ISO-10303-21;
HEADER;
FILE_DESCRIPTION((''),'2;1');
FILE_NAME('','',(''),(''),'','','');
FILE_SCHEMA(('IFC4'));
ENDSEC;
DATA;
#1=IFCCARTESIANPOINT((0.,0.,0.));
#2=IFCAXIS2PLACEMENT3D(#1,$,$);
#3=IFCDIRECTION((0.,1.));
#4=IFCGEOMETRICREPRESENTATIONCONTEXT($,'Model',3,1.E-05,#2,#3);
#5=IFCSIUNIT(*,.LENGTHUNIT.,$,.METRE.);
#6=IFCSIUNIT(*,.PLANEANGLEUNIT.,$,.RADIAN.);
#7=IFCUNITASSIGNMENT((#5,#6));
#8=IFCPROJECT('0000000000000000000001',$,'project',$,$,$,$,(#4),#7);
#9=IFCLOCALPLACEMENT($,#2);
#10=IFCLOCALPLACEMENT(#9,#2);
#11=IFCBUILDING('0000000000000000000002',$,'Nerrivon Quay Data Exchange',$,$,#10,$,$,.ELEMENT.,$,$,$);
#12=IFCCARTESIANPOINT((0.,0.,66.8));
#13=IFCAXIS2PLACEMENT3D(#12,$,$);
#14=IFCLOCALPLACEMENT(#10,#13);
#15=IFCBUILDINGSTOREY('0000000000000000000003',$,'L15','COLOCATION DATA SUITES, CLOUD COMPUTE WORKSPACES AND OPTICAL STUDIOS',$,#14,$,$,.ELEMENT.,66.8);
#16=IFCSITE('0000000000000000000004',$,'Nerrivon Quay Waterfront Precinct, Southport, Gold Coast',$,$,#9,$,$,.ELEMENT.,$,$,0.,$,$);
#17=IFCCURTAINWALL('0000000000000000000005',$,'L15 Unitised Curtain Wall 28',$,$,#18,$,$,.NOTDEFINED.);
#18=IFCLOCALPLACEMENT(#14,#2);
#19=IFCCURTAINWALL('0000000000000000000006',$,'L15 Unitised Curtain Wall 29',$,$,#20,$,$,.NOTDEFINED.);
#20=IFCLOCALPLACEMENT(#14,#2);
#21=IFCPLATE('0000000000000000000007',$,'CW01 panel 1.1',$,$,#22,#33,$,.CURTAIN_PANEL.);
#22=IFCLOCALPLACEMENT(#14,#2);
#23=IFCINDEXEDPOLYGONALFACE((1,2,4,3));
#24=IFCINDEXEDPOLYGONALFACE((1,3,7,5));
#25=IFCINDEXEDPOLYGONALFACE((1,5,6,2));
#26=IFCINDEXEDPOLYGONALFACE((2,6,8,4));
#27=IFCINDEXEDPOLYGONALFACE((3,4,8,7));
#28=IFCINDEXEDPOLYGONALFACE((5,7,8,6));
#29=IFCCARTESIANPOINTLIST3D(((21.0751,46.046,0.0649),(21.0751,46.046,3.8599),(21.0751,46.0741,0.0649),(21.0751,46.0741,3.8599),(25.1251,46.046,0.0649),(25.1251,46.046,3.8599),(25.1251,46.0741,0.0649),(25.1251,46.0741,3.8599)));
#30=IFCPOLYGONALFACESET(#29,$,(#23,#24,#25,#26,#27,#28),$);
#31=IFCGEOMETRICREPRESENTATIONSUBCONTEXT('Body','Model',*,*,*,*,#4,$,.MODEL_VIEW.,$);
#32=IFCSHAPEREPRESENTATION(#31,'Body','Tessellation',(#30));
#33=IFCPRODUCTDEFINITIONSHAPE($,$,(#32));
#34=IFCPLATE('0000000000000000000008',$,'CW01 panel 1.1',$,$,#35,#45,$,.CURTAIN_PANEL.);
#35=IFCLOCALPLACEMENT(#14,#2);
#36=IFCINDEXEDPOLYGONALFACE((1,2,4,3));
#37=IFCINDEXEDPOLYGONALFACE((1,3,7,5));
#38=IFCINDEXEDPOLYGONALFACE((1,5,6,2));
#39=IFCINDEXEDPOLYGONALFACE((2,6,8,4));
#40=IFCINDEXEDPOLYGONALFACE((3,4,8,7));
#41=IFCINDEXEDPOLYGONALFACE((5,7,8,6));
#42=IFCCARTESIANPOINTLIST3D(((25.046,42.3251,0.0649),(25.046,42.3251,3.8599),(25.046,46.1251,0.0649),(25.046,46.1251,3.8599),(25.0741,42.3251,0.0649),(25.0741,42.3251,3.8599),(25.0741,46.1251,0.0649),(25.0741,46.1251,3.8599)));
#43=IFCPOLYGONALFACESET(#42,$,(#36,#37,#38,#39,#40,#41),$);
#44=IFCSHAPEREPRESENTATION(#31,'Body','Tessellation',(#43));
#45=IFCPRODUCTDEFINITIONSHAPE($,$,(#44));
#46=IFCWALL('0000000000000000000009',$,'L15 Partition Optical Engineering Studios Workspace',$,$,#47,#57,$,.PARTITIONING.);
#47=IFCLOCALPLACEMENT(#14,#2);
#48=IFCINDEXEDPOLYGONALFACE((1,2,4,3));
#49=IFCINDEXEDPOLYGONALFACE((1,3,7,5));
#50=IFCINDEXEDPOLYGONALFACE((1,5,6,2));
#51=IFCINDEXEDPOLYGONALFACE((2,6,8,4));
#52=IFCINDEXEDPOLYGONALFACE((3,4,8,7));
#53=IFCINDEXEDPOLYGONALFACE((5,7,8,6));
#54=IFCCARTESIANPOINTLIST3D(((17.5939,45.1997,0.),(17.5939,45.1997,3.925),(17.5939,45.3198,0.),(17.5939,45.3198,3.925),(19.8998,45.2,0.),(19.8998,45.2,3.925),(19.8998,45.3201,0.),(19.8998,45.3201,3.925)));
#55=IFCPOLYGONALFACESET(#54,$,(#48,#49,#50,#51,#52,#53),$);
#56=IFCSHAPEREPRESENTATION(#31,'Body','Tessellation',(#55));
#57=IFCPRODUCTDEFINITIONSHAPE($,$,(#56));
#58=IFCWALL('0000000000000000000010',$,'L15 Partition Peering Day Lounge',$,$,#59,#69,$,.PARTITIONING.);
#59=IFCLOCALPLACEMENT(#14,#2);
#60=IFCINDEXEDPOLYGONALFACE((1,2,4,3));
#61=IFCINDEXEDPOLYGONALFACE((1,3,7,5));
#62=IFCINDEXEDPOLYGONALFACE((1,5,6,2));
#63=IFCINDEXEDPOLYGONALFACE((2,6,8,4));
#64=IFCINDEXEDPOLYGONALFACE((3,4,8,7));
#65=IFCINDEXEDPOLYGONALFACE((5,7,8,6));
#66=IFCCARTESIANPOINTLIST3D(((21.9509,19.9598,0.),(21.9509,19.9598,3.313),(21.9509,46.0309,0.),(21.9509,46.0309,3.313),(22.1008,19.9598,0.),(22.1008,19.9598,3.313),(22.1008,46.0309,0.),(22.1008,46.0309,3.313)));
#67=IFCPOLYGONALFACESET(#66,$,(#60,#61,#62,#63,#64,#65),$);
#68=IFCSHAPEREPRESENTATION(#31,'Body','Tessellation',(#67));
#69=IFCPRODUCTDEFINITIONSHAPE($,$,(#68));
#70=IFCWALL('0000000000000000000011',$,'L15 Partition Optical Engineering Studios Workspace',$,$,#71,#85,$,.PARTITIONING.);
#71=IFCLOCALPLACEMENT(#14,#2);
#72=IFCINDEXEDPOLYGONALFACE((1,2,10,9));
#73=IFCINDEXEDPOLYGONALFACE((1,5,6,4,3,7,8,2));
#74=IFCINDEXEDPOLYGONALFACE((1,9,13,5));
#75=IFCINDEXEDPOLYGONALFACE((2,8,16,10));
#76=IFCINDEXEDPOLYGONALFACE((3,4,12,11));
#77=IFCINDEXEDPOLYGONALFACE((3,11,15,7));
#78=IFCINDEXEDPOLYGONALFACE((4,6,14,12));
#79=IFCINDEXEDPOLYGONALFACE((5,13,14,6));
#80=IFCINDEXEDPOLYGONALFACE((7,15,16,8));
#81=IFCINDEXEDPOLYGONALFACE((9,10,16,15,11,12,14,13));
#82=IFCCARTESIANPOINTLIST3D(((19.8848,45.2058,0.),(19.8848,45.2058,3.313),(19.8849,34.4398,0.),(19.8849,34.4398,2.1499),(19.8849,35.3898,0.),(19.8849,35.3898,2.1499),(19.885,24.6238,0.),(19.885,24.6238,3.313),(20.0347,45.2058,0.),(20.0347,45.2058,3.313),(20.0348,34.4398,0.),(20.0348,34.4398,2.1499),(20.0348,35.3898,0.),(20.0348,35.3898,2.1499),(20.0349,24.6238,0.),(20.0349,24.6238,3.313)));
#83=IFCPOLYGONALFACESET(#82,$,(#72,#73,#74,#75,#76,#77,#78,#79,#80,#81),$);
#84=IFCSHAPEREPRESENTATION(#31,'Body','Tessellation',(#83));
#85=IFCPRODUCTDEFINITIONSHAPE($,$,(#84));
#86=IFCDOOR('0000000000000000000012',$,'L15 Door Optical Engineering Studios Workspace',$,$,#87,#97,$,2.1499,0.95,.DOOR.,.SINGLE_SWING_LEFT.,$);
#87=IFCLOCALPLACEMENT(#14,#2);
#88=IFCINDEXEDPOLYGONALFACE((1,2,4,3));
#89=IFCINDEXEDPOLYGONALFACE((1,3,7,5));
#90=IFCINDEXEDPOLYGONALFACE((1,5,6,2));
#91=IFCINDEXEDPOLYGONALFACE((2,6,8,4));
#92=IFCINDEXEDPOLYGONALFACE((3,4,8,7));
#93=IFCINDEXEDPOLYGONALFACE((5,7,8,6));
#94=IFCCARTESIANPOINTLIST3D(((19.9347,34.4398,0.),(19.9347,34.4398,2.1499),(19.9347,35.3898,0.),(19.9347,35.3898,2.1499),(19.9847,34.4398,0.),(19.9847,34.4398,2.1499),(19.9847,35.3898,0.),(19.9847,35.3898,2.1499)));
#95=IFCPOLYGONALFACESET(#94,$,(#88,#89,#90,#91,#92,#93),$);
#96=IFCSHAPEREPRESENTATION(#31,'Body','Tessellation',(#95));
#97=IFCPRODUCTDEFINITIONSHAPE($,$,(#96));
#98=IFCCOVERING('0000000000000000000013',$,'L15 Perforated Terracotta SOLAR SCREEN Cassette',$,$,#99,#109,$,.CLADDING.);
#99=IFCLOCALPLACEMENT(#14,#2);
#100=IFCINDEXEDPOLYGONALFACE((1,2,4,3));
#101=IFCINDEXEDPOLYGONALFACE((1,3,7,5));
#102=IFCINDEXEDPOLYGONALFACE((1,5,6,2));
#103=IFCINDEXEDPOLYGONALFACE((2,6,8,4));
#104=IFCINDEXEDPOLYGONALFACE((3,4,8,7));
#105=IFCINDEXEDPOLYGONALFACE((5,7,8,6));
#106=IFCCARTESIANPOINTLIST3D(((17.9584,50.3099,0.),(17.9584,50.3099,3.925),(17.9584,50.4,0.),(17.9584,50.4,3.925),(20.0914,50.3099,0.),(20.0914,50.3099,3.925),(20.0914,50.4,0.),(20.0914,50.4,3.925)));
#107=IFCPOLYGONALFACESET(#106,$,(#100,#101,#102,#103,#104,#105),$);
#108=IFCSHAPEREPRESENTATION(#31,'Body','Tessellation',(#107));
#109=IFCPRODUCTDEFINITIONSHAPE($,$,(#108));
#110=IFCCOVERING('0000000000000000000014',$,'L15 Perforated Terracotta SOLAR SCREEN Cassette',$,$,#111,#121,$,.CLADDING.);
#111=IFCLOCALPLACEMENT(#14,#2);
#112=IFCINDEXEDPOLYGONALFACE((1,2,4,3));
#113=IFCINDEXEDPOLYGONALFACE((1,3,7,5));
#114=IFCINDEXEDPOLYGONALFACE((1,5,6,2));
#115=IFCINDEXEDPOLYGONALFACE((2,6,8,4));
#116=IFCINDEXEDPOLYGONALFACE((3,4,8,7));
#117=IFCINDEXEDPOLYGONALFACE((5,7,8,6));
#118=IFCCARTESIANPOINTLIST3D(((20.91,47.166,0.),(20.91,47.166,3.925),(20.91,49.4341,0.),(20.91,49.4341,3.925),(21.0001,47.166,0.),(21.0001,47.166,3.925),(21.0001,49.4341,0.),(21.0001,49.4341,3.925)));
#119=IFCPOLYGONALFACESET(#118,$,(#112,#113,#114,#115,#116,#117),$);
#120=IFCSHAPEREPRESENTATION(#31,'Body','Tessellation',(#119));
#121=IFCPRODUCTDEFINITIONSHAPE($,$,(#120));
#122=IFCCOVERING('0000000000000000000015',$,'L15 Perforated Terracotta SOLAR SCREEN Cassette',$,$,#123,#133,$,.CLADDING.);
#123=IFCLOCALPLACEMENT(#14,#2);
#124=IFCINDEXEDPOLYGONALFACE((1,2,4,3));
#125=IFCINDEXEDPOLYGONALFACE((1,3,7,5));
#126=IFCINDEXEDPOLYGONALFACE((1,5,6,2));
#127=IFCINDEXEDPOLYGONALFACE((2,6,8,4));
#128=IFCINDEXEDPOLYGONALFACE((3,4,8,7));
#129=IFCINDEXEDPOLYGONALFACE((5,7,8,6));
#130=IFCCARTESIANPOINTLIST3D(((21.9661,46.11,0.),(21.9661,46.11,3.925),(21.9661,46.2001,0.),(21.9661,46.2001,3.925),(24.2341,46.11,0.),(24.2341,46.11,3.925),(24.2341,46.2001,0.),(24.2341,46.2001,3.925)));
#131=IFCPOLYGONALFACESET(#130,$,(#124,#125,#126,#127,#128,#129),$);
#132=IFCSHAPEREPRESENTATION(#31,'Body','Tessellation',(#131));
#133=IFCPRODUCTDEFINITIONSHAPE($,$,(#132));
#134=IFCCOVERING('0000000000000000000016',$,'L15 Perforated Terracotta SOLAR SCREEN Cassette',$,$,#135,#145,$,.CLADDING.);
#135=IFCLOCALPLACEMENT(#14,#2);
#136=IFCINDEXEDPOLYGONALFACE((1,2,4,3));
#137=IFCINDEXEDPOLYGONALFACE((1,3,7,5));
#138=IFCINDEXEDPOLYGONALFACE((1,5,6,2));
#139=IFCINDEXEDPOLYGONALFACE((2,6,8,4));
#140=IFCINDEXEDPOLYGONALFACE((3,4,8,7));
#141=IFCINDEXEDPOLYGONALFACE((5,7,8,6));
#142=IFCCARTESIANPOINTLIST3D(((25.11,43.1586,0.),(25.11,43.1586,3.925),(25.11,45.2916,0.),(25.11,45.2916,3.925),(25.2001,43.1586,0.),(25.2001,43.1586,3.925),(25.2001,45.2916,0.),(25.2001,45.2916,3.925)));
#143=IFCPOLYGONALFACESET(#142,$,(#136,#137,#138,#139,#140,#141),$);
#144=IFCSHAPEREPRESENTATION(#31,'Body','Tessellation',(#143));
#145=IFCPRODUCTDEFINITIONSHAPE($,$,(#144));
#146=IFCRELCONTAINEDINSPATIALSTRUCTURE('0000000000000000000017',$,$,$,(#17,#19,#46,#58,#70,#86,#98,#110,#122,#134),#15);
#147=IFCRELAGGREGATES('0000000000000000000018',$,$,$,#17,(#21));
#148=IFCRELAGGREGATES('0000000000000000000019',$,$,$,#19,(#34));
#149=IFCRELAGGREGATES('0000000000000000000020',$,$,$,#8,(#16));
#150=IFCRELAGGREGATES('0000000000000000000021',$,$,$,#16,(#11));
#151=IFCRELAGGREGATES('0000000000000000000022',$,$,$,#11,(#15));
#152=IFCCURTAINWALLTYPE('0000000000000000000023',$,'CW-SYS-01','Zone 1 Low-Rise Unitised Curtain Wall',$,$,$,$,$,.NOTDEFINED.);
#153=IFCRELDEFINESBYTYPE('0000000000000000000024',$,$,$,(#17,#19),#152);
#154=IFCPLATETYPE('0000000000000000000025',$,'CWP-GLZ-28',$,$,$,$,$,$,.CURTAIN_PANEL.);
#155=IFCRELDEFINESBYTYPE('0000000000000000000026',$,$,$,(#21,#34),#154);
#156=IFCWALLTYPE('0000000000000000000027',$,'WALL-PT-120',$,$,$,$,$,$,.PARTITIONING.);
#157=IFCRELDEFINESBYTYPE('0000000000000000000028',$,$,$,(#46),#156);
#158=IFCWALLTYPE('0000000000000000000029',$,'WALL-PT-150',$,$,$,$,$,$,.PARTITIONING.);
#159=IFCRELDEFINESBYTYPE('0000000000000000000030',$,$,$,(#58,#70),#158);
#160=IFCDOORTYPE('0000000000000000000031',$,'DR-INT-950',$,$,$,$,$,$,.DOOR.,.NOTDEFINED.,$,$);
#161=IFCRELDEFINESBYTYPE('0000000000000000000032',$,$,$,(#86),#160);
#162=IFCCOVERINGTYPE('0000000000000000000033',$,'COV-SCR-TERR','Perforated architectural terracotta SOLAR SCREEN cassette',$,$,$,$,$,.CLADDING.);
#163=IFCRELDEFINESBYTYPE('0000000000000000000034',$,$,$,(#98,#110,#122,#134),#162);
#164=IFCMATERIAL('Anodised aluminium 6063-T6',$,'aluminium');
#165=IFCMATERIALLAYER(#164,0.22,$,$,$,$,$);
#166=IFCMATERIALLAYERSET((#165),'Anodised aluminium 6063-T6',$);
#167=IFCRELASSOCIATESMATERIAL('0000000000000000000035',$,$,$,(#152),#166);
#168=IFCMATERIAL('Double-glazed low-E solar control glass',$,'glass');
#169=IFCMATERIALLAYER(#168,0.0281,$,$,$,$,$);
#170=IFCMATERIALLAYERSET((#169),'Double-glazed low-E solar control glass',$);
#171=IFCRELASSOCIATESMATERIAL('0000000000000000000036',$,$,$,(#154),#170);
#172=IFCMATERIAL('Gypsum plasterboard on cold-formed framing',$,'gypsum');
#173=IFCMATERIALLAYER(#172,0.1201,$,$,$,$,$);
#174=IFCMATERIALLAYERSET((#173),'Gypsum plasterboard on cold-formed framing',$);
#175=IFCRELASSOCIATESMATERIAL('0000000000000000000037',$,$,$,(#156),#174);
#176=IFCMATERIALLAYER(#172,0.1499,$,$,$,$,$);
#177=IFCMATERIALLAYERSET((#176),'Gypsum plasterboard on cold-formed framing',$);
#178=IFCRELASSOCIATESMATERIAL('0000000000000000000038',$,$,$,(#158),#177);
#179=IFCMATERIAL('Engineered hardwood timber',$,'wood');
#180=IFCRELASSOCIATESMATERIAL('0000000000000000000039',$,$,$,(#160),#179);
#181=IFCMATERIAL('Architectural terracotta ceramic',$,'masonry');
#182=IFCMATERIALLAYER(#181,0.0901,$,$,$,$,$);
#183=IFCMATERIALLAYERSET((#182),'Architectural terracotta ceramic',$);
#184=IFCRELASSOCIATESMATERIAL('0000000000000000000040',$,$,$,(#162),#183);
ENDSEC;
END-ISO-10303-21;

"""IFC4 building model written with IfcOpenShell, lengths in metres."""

from ifc_helpers import new_model, si_unit, direction, frame, frame_2d, origin, origin_2d, place, context, subcontext, project, spatial, rectangle, extrude, material, layer, layer_set, type_object, element, fill, aggregate, save


model = new_model("IFC4")

# Units and contexts
model_context = context("Model", 3, precision=1e-05, world=origin(), true_north=direction((0.0, 1.0)))
body_context = subcontext(model_context, "Body", "Model", "MODEL_VIEW")
ifc_project = project(units=[si_unit("LENGTHUNIT", "METRE"), si_unit("PLANEANGLEUNIT", "RADIAN")], contexts=[model_context])

# Site, building, storey
site_placement = place(None, origin())
site = spatial("IfcSite", under=ifc_project, at=site_placement, Name="Nerrivon Quay Waterfront Precinct, Southport, Gold Coast", CompositionType="ELEMENT", RefElevation=0.0)
building_placement = place(site_placement, origin())
building = spatial("IfcBuilding", under=site, at=building_placement, Name="Nerrivon Quay Data Exchange", CompositionType="ELEMENT")
storey_placement = place(building_placement, frame((0.0, 0.0, 66.8)))
storey = spatial("IfcBuildingStorey", under=building, at=storey_placement, Name="L15", Description="COLOCATION DATA SUITES, CLOUD COMPUTE WORKSPACES AND OPTICAL STUDIOS", CompositionType="ELEMENT", Elevation=66.8)

# Shared definitions
ifc_material_1 = material(Name="Anodised aluminium 6063-T6", Category="aluminium")
ifc_layer_1 = layer(ifc_material_1, 0.22)
ifc_layer_set_1 = layer_set([ifc_layer_1], Name="Anodised aluminium 6063-T6")
curtain_wall_type = type_object("IfcCurtainWallType", Name="CW-SYS-01", Description="Zone 1 Low-Rise Unitised Curtain Wall", PredefinedType="NOTDEFINED", material=ifc_layer_set_1)

# Curtain walls
curtain_wall_1_placement = place(storey_placement, origin())
curtain_wall_1 = element("IfcCurtainWall", 1, at=curtain_wall_1_placement, inside=storey, type_object=curtain_wall_type, Name="L15 Unitised Curtain Wall 28", PredefinedType="NOTDEFINED")
curtain_wall_2_placement = place(storey_placement, origin())
curtain_wall_2 = element("IfcCurtainWall", 2, at=curtain_wall_2_placement, inside=storey, type_object=curtain_wall_type, Name="L15 Unitised Curtain Wall 29", PredefinedType="NOTDEFINED")

# Plates
ifc_material_2 = material(Name="Double-glazed low-E solar control glass", Category="glass")
ifc_layer_2 = layer(ifc_material_2, 0.0281)
ifc_layer_set_2 = layer_set([ifc_layer_2], Name="Double-glazed low-E solar control glass")
plate_type = type_object("IfcPlateType", Name="CWP-GLZ-28", PredefinedType="CURTAIN_PANEL", material=ifc_layer_set_2)
plate_1_placement = place(storey_placement, frame((23.1001, 46.0601, 0.0649), z_axis=(0.0, 0.0, 1.0), x_axis=(1.0, 0.0, 0.0)))
plate_1 = element("IfcPlate", 3, at=plate_1_placement, type_object=plate_type, Name="CW01 panel 1.1", PredefinedType="CURTAIN_PANEL", context=body_context, shape_type="SweptSolid", body=[
    extrude(rectangle(XDim=4.05, YDim=0.0281, at=origin_2d()), origin(), (0.0, 0.0, 1.0), 3.7949),
])
aggregate(curtain_wall_1, [plate_1])
plate_2_placement = place(storey_placement, frame((25.0601, 44.2251, 0.0649), z_axis=(0.0, 0.0, 1.0), x_axis=(0.0, -1.0, 0.0)))
plate_2 = element("IfcPlate", 4, at=plate_2_placement, type_object=plate_type, Name="CW01 panel 1.1", PredefinedType="CURTAIN_PANEL", context=body_context, shape_type="SweptSolid", body=[
    extrude(rectangle(XDim=3.8, YDim=0.0281, at=origin_2d()), origin(), (0.0, 0.0, 1.0), 3.7949),
])
aggregate(curtain_wall_2, [plate_2])

# Walls
ifc_material_3 = material(Name="Gypsum plasterboard on cold-formed framing", Category="gypsum")
ifc_layer_3 = layer(ifc_material_3, 0.1201)
ifc_layer_set_3 = layer_set([ifc_layer_3], Name="Gypsum plasterboard on cold-formed framing")
wall_type_1 = type_object("IfcWallType", Name="WALL-PT-120", PredefinedType="PARTITIONING", material=ifc_layer_set_3)
wall_1_placement = place(storey_placement, frame((17.594, 45.2598, 0.0), z_axis=(0.0, 0.0, 1.0), x_axis=(1.0, 0.000106, 0.0)))
element("IfcWall", 5, at=wall_1_placement, inside=storey, type_object=wall_type_1, Name="L15 Partition Optical Engineering Studios Workspace", PredefinedType="PARTITIONING", context=body_context, shape_type="SweptSolid", body=[
    extrude(rectangle(XDim=2.3059, YDim=0.1201, at=frame_2d((1.1528, 0.0))), origin(), (0.0, 0.0, 1.0), 3.925),
])
ifc_layer_4 = layer(ifc_material_3, 0.1499)
ifc_layer_set_4 = layer_set([ifc_layer_4], Name="Gypsum plasterboard on cold-formed framing")
wall_type_2 = type_object("IfcWallType", Name="WALL-PT-150", PredefinedType="PARTITIONING", material=ifc_layer_set_4)
wall_2_placement = place(storey_placement, frame((22.0259, 46.031, 0.0), z_axis=(0.0, 0.0, 1.0), x_axis=(0.0, -1.0, 0.0)))
element("IfcWall", 6, at=wall_2_placement, inside=storey, type_object=wall_type_2, Name="L15 Partition Peering Day Lounge", PredefinedType="PARTITIONING", context=body_context, shape_type="SweptSolid", body=[
    extrude(rectangle(XDim=26.071, YDim=0.1499, at=frame_2d((13.0356, 0.0))), origin(), (0.0, 0.0, 1.0), 3.313),
])

# Wall, opening, door
wall_3_placement = place(storey_placement, frame((19.9597, 45.2058, 0.0), z_axis=(0.0, 0.0, 1.0), x_axis=(0.000012, -1.0, 0.0)))
wall_3 = element("IfcWall", 7, at=wall_3_placement, inside=storey, type_object=wall_type_2, Name="L15 Partition Optical Engineering Studios Workspace", PredefinedType="PARTITIONING", context=body_context, shape_type="SweptSolid", body=[
    extrude(rectangle(XDim=20.582, YDim=0.1499, at=frame_2d((10.291, 0.0))), origin(), (0.0, 0.0, 1.0), 3.313),
])
opening_placement = place(wall_3_placement, frame((9.8159, 0.0, 0.0)))
opening = element("IfcOpeningElement", 8, at=opening_placement, cuts=wall_3, PredefinedType="OPENING", context=body_context, shape_type="SweptSolid", body=[
    extrude(rectangle(XDim=0.95, YDim=2.1499, at=frame_2d((0.4751, 1.075))), frame((0.0, 0.085, 0.0), z_axis=(0.0, -1.0, 0.0), x_axis=(1.0, 0.0, 0.0)), (0.0, 0.0, 1.0), 0.1699),
])
ifc_material_4 = material(Name="Engineered hardwood timber", Category="wood")
door_type = type_object("IfcDoorType", Name="DR-INT-950", OperationType="NOTDEFINED", PredefinedType="DOOR", material=ifc_material_4)
door_placement = place(opening_placement, origin())
door = element("IfcDoor", 9, at=door_placement, inside=storey, type_object=door_type, Name="L15 Door Optical Engineering Studios Workspace", OperationType="SINGLE_SWING_LEFT", OverallHeight=2.1499, OverallWidth=0.95, PredefinedType="DOOR", context=body_context, shape_type="SweptSolid", body=[
    extrude(rectangle(XDim=0.95, YDim=2.1499, at=frame_2d((0.4751, 1.075))), frame((0.0, 0.0249, 0.0), z_axis=(0.0, -1.0, 0.0), x_axis=(1.0, 0.0, 0.0)), (0.0, 0.0, 1.0), 0.05),
])
fill(opening, door)

# Coverings
ifc_material_5 = material(Name="Architectural terracotta ceramic", Category="masonry")
ifc_layer_5 = layer(ifc_material_5, 0.0901)
ifc_layer_set_5 = layer_set([ifc_layer_5], Name="Architectural terracotta ceramic")
covering_type = type_object("IfcCoveringType", Name="COV-SCR-TERR", Description="Perforated architectural terracotta SOLAR SCREEN cassette", PredefinedType="CLADDING", material=ifc_layer_set_5)
covering_1_placement = place(storey_placement, frame((19.0249, 50.355, 0.0), z_axis=(0.0, 0.0, 1.0), x_axis=(1.0, 0.0, 0.0)))
element("IfcCovering", 10, at=covering_1_placement, inside=storey, type_object=covering_type, Name="L15 Perforated Terracotta SOLAR SCREEN Cassette", PredefinedType="CLADDING", context=body_context, shape_type="SweptSolid", body=[
    extrude(rectangle(XDim=2.1331, YDim=0.0901, at=origin_2d()), origin(), (0.0, 0.0, 1.0), 3.925),
])
for number, where, z_axis, x_axis, name in (
    (11, (20.9551, 48.3, 0.0), (0.0, 0.0, 1.0), (0.0, -1.0, 0.0), "L15 Perforated Terracotta SOLAR SCREEN Cassette"),
    (12, (23.1001, 46.155, 0.0), (0.0, 0.0, 1.0), (1.0, 0.0, 0.0), "L15 Perforated Terracotta SOLAR SCREEN Cassette"),
):
    element("IfcCovering", number, at=place(storey_placement, frame(where, z_axis=z_axis, x_axis=x_axis)), inside=storey, type_object=covering_type, Name=name, PredefinedType="CLADDING", context=body_context, shape_type="SweptSolid", body=[
        extrude(rectangle(XDim=2.2681, YDim=0.0901, at=origin_2d()), origin(), (0.0, 0.0, 1.0), 3.925),
    ])
covering_2_placement = place(storey_placement, frame((25.155, 44.2251, 0.0), z_axis=(0.0, 0.0, 1.0), x_axis=(0.0, -1.0, 0.0)))
element("IfcCovering", 13, at=covering_2_placement, inside=storey, type_object=covering_type, Name="L15 Perforated Terracotta SOLAR SCREEN Cassette", PredefinedType="CLADDING", context=body_context, shape_type="SweptSolid", body=[
    extrude(rectangle(XDim=2.1331, YDim=0.0901, at=origin_2d()), origin(), (0.0, 0.0, 1.0), 3.925),
])

save(model, "model.ifc")
